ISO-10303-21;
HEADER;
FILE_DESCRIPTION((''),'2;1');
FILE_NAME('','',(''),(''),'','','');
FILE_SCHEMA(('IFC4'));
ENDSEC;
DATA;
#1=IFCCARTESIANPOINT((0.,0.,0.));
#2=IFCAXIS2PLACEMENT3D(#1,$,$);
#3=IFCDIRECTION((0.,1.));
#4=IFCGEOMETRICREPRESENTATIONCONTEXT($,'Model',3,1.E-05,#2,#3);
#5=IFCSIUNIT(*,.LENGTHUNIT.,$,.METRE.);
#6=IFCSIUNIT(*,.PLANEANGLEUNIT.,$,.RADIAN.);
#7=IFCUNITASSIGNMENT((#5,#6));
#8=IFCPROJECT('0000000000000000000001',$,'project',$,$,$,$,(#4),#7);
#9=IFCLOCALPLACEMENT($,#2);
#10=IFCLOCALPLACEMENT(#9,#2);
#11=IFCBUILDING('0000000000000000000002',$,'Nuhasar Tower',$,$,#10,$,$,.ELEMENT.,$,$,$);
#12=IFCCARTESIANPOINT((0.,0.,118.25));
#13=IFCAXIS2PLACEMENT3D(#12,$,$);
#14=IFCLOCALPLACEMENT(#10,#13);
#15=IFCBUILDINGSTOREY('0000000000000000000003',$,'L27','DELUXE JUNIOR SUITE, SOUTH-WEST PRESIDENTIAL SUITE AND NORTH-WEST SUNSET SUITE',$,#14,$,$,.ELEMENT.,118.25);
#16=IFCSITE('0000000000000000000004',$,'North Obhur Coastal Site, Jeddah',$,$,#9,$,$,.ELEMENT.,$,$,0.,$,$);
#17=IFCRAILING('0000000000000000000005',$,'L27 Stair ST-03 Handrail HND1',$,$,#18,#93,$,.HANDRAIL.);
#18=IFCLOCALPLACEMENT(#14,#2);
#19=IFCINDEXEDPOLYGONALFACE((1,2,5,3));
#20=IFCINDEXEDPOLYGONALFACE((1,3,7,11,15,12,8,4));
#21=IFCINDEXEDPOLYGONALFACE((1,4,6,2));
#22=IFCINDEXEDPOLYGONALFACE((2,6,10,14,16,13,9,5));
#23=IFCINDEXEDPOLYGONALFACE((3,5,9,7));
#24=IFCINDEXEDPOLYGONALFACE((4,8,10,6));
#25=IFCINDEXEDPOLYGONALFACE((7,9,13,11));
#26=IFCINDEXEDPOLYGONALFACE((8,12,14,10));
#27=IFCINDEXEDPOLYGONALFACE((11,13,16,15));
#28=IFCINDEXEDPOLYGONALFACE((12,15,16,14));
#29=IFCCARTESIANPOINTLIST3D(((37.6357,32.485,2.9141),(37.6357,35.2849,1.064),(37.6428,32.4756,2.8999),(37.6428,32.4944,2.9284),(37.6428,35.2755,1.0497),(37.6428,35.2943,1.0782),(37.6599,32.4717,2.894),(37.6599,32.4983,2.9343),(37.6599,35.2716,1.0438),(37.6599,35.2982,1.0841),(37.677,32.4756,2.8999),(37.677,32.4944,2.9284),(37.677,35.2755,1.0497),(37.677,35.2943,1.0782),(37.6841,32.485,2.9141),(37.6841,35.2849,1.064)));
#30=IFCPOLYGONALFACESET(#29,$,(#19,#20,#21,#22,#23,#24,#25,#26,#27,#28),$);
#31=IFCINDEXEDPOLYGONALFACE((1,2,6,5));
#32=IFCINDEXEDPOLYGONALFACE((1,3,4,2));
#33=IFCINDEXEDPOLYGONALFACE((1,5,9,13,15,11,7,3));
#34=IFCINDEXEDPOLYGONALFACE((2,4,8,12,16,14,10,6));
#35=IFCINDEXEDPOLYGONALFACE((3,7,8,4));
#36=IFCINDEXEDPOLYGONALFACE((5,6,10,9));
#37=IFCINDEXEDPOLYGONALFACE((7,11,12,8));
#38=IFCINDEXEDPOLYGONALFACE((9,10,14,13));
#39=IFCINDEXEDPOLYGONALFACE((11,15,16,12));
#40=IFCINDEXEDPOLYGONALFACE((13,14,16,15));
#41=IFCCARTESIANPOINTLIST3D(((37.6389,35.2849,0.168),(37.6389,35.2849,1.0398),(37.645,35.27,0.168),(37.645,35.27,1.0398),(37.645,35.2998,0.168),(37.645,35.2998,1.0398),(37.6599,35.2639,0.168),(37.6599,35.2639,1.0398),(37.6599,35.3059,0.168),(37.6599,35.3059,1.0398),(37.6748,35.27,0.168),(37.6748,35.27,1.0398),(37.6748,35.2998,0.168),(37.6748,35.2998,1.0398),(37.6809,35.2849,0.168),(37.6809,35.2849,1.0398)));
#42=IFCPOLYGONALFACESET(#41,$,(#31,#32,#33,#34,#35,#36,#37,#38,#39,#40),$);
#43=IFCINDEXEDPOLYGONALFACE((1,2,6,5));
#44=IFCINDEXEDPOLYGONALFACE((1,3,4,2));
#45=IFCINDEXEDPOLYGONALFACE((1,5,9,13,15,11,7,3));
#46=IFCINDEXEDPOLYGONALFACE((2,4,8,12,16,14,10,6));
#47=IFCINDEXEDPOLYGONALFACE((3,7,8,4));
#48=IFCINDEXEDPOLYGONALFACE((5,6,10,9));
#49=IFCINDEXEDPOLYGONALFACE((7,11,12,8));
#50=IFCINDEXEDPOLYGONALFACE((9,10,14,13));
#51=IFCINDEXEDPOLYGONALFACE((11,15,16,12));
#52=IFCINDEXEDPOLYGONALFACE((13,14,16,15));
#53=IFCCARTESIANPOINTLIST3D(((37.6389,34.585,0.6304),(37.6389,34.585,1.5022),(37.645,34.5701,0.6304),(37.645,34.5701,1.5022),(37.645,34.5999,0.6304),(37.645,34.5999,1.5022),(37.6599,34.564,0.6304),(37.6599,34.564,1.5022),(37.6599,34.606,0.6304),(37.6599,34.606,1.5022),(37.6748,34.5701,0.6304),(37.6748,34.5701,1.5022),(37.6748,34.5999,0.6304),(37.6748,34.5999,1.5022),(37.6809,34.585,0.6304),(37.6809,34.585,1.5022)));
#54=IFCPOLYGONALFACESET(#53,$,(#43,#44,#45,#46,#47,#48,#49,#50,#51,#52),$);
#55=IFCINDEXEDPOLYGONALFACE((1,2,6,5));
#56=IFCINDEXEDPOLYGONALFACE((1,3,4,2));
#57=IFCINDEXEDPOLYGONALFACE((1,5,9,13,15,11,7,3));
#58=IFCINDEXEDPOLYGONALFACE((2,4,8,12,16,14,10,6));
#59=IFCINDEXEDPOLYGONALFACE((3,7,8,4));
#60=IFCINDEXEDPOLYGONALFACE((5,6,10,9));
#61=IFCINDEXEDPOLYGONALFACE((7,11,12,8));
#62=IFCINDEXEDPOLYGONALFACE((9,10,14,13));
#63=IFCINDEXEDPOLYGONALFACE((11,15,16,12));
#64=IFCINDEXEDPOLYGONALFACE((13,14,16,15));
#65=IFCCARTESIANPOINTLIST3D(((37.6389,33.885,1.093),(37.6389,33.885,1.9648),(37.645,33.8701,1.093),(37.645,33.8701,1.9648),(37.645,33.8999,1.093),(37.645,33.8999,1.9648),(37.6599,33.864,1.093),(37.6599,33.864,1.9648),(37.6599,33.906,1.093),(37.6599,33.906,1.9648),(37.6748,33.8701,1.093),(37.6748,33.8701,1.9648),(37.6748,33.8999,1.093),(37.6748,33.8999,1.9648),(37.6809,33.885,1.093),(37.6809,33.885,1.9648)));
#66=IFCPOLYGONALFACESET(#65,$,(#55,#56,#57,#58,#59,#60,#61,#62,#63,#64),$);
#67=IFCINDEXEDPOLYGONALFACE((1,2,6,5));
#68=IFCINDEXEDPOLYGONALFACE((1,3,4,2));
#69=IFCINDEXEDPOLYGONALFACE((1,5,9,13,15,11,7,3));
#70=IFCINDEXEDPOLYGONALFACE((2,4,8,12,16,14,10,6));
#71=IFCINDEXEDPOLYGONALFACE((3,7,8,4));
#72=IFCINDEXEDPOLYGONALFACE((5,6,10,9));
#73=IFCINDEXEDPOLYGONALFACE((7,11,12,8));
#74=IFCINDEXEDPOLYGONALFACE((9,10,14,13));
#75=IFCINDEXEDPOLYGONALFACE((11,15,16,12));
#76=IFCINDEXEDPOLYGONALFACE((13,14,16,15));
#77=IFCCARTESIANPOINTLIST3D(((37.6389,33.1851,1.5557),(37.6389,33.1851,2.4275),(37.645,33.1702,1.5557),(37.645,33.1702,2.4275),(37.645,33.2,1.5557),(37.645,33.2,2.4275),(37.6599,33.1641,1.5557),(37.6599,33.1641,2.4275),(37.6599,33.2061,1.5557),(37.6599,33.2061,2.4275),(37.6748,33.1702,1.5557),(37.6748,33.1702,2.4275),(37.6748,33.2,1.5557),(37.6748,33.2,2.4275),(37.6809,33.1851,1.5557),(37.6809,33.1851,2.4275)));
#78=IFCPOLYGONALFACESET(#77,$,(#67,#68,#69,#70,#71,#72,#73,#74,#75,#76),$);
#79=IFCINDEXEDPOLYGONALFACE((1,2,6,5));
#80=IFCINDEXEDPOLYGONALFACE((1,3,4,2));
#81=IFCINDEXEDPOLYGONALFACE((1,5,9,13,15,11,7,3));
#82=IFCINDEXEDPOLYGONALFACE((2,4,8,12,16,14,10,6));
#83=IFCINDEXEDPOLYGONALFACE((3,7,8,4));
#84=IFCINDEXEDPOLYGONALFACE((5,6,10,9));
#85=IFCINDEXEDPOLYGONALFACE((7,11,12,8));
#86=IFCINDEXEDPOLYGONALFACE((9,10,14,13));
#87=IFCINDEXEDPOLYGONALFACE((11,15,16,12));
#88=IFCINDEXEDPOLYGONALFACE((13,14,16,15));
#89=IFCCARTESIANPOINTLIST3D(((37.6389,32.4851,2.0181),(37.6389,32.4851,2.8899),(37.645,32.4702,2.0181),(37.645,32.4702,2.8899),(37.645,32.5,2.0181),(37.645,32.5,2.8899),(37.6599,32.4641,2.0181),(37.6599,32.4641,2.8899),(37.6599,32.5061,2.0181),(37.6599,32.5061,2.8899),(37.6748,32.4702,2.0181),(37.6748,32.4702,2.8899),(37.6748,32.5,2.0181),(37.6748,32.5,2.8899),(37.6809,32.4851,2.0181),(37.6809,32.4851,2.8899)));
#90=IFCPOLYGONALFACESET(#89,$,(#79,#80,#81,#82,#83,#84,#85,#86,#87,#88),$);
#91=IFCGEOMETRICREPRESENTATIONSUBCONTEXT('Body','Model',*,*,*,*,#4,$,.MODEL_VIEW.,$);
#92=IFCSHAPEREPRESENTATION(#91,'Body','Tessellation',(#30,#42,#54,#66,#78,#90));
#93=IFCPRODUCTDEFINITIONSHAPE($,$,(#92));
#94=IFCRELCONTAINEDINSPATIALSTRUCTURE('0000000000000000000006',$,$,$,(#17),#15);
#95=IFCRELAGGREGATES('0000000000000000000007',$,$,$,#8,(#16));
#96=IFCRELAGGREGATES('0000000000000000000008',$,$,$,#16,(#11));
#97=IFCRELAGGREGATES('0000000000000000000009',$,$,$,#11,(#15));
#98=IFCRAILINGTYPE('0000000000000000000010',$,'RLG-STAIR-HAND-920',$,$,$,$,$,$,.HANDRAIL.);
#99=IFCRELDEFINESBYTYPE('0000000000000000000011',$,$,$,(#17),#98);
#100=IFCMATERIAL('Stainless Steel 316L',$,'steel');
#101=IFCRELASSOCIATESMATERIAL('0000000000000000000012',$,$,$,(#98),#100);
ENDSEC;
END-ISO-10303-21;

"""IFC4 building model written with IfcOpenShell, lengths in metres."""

from ifc_helpers import new_model, si_unit, direction, frame, origin, place, context, subcontext, project, spatial, polyline, outline, extrude, material, type_object, element, save


model = new_model("IFC4")

# Units and contexts
model_context = context("Model", 3, precision=1e-05, world=origin(), true_north=direction((0.0, 1.0)))
body_context = subcontext(model_context, "Body", "Model", "MODEL_VIEW")
ifc_project = project(units=[si_unit("LENGTHUNIT", "METRE"), si_unit("PLANEANGLEUNIT", "RADIAN")], contexts=[model_context])

# Site, building, storey
site_placement = place(None, origin())
site = spatial("IfcSite", under=ifc_project, at=site_placement, Name="North Obhur Coastal Site, Jeddah", CompositionType="ELEMENT", RefElevation=0.0)
building_placement = place(site_placement, origin())
building = spatial("IfcBuilding", under=site, at=building_placement, Name="Nuhasar Tower", CompositionType="ELEMENT")
storey_placement = place(building_placement, frame((0.0, 0.0, 118.25)))
storey = spatial("IfcBuildingStorey", under=building, at=storey_placement, Name="L27", Description="DELUXE JUNIOR SUITE, SOUTH-WEST PRESIDENTIAL SUITE AND NORTH-WEST SUNSET SUITE", CompositionType="ELEMENT", Elevation=118.25)

# Railing
ifc_material_1 = material(Name="Stainless Steel 316L", Category="steel")
railing_type_1 = type_object("IfcRailingType", Name="RLG-STAIR-HAND-920", PredefinedType="HANDRAIL", material=ifc_material_1)
railing_1_placement = place(storey_placement, frame((37.6599, 35.2849, 0.168)))
element("IfcRailing", 1, at=railing_1_placement, inside=storey, type_object=railing_type_1, Name="L27 Stair ST-03 Handrail HND1", PredefinedType="HANDRAIL", context=body_context, shape_type="SweptSolid", body=[
    extrude(outline(polyline([(0.0242, 0.0), (0.0171, 0.0171), (0.0, 0.0242), (-0.0171, 0.0171), (-0.0242, 0.0), (-0.0171, -0.0171), (0.0, -0.0242), (0.0171, -0.0171), (0.0242, 0.0)])), frame((0.0, 0.0, 0.896), z_axis=(0.0, -0.834304, 0.551304), x_axis=(1.0, 0.0, 0.0)), (0.0, 0.0, 1.0), 3.356),
    extrude(outline(polyline([(0.021, 0.0), (0.0149, 0.0149), (0.0, 0.021), (-0.0149, 0.0149), (-0.021, 0.0), (-0.0149, -0.0149), (0.0, -0.021), (0.0149, -0.0149), (0.021, 0.0)])), origin(), (0.0, 0.0, 1.0), 0.8718),
    extrude(outline(polyline([(0.021, 0.0), (0.0149, 0.0149), (0.0, 0.021), (-0.0149, 0.0149), (-0.021, 0.0), (-0.0149, -0.0149), (0.0, -0.021), (0.0149, -0.0149), (0.021, 0.0)])), frame((0.0, -0.7, 0.4624)), (0.0, 0.0, 1.0), 0.8718),
    extrude(outline(polyline([(0.021, 0.0), (0.0149, 0.0149), (0.0, 0.021), (-0.0149, 0.0149), (-0.021, 0.0), (-0.0149, -0.0149), (0.0, -0.021), (0.0149, -0.0149), (0.021, 0.0)])), frame((0.0, -1.3999, 0.925)), (0.0, 0.0, 1.0), 0.8718),
    extrude(outline(polyline([(0.021, 0.0), (0.0149, 0.0149), (0.0, 0.021), (-0.0149, 0.0149), (-0.021, 0.0), (-0.0149, -0.0149), (0.0, -0.021), (0.0149, -0.0149), (0.021, 0.0)])), frame((0.0, -2.0999, 1.3877)), (0.0, 0.0, 1.0), 0.8718),
    extrude(outline(polyline([(0.021, 0.0), (0.0149, 0.0149), (0.0, 0.021), (-0.0149, 0.0149), (-0.021, 0.0), (-0.0149, -0.0149), (0.0, -0.021), (0.0149, -0.0149), (0.021, 0.0)])), frame((0.0, -2.7998, 1.8501)), (0.0, 0.0, 1.0), 0.8718),
])

save(model, "model.ifc")
